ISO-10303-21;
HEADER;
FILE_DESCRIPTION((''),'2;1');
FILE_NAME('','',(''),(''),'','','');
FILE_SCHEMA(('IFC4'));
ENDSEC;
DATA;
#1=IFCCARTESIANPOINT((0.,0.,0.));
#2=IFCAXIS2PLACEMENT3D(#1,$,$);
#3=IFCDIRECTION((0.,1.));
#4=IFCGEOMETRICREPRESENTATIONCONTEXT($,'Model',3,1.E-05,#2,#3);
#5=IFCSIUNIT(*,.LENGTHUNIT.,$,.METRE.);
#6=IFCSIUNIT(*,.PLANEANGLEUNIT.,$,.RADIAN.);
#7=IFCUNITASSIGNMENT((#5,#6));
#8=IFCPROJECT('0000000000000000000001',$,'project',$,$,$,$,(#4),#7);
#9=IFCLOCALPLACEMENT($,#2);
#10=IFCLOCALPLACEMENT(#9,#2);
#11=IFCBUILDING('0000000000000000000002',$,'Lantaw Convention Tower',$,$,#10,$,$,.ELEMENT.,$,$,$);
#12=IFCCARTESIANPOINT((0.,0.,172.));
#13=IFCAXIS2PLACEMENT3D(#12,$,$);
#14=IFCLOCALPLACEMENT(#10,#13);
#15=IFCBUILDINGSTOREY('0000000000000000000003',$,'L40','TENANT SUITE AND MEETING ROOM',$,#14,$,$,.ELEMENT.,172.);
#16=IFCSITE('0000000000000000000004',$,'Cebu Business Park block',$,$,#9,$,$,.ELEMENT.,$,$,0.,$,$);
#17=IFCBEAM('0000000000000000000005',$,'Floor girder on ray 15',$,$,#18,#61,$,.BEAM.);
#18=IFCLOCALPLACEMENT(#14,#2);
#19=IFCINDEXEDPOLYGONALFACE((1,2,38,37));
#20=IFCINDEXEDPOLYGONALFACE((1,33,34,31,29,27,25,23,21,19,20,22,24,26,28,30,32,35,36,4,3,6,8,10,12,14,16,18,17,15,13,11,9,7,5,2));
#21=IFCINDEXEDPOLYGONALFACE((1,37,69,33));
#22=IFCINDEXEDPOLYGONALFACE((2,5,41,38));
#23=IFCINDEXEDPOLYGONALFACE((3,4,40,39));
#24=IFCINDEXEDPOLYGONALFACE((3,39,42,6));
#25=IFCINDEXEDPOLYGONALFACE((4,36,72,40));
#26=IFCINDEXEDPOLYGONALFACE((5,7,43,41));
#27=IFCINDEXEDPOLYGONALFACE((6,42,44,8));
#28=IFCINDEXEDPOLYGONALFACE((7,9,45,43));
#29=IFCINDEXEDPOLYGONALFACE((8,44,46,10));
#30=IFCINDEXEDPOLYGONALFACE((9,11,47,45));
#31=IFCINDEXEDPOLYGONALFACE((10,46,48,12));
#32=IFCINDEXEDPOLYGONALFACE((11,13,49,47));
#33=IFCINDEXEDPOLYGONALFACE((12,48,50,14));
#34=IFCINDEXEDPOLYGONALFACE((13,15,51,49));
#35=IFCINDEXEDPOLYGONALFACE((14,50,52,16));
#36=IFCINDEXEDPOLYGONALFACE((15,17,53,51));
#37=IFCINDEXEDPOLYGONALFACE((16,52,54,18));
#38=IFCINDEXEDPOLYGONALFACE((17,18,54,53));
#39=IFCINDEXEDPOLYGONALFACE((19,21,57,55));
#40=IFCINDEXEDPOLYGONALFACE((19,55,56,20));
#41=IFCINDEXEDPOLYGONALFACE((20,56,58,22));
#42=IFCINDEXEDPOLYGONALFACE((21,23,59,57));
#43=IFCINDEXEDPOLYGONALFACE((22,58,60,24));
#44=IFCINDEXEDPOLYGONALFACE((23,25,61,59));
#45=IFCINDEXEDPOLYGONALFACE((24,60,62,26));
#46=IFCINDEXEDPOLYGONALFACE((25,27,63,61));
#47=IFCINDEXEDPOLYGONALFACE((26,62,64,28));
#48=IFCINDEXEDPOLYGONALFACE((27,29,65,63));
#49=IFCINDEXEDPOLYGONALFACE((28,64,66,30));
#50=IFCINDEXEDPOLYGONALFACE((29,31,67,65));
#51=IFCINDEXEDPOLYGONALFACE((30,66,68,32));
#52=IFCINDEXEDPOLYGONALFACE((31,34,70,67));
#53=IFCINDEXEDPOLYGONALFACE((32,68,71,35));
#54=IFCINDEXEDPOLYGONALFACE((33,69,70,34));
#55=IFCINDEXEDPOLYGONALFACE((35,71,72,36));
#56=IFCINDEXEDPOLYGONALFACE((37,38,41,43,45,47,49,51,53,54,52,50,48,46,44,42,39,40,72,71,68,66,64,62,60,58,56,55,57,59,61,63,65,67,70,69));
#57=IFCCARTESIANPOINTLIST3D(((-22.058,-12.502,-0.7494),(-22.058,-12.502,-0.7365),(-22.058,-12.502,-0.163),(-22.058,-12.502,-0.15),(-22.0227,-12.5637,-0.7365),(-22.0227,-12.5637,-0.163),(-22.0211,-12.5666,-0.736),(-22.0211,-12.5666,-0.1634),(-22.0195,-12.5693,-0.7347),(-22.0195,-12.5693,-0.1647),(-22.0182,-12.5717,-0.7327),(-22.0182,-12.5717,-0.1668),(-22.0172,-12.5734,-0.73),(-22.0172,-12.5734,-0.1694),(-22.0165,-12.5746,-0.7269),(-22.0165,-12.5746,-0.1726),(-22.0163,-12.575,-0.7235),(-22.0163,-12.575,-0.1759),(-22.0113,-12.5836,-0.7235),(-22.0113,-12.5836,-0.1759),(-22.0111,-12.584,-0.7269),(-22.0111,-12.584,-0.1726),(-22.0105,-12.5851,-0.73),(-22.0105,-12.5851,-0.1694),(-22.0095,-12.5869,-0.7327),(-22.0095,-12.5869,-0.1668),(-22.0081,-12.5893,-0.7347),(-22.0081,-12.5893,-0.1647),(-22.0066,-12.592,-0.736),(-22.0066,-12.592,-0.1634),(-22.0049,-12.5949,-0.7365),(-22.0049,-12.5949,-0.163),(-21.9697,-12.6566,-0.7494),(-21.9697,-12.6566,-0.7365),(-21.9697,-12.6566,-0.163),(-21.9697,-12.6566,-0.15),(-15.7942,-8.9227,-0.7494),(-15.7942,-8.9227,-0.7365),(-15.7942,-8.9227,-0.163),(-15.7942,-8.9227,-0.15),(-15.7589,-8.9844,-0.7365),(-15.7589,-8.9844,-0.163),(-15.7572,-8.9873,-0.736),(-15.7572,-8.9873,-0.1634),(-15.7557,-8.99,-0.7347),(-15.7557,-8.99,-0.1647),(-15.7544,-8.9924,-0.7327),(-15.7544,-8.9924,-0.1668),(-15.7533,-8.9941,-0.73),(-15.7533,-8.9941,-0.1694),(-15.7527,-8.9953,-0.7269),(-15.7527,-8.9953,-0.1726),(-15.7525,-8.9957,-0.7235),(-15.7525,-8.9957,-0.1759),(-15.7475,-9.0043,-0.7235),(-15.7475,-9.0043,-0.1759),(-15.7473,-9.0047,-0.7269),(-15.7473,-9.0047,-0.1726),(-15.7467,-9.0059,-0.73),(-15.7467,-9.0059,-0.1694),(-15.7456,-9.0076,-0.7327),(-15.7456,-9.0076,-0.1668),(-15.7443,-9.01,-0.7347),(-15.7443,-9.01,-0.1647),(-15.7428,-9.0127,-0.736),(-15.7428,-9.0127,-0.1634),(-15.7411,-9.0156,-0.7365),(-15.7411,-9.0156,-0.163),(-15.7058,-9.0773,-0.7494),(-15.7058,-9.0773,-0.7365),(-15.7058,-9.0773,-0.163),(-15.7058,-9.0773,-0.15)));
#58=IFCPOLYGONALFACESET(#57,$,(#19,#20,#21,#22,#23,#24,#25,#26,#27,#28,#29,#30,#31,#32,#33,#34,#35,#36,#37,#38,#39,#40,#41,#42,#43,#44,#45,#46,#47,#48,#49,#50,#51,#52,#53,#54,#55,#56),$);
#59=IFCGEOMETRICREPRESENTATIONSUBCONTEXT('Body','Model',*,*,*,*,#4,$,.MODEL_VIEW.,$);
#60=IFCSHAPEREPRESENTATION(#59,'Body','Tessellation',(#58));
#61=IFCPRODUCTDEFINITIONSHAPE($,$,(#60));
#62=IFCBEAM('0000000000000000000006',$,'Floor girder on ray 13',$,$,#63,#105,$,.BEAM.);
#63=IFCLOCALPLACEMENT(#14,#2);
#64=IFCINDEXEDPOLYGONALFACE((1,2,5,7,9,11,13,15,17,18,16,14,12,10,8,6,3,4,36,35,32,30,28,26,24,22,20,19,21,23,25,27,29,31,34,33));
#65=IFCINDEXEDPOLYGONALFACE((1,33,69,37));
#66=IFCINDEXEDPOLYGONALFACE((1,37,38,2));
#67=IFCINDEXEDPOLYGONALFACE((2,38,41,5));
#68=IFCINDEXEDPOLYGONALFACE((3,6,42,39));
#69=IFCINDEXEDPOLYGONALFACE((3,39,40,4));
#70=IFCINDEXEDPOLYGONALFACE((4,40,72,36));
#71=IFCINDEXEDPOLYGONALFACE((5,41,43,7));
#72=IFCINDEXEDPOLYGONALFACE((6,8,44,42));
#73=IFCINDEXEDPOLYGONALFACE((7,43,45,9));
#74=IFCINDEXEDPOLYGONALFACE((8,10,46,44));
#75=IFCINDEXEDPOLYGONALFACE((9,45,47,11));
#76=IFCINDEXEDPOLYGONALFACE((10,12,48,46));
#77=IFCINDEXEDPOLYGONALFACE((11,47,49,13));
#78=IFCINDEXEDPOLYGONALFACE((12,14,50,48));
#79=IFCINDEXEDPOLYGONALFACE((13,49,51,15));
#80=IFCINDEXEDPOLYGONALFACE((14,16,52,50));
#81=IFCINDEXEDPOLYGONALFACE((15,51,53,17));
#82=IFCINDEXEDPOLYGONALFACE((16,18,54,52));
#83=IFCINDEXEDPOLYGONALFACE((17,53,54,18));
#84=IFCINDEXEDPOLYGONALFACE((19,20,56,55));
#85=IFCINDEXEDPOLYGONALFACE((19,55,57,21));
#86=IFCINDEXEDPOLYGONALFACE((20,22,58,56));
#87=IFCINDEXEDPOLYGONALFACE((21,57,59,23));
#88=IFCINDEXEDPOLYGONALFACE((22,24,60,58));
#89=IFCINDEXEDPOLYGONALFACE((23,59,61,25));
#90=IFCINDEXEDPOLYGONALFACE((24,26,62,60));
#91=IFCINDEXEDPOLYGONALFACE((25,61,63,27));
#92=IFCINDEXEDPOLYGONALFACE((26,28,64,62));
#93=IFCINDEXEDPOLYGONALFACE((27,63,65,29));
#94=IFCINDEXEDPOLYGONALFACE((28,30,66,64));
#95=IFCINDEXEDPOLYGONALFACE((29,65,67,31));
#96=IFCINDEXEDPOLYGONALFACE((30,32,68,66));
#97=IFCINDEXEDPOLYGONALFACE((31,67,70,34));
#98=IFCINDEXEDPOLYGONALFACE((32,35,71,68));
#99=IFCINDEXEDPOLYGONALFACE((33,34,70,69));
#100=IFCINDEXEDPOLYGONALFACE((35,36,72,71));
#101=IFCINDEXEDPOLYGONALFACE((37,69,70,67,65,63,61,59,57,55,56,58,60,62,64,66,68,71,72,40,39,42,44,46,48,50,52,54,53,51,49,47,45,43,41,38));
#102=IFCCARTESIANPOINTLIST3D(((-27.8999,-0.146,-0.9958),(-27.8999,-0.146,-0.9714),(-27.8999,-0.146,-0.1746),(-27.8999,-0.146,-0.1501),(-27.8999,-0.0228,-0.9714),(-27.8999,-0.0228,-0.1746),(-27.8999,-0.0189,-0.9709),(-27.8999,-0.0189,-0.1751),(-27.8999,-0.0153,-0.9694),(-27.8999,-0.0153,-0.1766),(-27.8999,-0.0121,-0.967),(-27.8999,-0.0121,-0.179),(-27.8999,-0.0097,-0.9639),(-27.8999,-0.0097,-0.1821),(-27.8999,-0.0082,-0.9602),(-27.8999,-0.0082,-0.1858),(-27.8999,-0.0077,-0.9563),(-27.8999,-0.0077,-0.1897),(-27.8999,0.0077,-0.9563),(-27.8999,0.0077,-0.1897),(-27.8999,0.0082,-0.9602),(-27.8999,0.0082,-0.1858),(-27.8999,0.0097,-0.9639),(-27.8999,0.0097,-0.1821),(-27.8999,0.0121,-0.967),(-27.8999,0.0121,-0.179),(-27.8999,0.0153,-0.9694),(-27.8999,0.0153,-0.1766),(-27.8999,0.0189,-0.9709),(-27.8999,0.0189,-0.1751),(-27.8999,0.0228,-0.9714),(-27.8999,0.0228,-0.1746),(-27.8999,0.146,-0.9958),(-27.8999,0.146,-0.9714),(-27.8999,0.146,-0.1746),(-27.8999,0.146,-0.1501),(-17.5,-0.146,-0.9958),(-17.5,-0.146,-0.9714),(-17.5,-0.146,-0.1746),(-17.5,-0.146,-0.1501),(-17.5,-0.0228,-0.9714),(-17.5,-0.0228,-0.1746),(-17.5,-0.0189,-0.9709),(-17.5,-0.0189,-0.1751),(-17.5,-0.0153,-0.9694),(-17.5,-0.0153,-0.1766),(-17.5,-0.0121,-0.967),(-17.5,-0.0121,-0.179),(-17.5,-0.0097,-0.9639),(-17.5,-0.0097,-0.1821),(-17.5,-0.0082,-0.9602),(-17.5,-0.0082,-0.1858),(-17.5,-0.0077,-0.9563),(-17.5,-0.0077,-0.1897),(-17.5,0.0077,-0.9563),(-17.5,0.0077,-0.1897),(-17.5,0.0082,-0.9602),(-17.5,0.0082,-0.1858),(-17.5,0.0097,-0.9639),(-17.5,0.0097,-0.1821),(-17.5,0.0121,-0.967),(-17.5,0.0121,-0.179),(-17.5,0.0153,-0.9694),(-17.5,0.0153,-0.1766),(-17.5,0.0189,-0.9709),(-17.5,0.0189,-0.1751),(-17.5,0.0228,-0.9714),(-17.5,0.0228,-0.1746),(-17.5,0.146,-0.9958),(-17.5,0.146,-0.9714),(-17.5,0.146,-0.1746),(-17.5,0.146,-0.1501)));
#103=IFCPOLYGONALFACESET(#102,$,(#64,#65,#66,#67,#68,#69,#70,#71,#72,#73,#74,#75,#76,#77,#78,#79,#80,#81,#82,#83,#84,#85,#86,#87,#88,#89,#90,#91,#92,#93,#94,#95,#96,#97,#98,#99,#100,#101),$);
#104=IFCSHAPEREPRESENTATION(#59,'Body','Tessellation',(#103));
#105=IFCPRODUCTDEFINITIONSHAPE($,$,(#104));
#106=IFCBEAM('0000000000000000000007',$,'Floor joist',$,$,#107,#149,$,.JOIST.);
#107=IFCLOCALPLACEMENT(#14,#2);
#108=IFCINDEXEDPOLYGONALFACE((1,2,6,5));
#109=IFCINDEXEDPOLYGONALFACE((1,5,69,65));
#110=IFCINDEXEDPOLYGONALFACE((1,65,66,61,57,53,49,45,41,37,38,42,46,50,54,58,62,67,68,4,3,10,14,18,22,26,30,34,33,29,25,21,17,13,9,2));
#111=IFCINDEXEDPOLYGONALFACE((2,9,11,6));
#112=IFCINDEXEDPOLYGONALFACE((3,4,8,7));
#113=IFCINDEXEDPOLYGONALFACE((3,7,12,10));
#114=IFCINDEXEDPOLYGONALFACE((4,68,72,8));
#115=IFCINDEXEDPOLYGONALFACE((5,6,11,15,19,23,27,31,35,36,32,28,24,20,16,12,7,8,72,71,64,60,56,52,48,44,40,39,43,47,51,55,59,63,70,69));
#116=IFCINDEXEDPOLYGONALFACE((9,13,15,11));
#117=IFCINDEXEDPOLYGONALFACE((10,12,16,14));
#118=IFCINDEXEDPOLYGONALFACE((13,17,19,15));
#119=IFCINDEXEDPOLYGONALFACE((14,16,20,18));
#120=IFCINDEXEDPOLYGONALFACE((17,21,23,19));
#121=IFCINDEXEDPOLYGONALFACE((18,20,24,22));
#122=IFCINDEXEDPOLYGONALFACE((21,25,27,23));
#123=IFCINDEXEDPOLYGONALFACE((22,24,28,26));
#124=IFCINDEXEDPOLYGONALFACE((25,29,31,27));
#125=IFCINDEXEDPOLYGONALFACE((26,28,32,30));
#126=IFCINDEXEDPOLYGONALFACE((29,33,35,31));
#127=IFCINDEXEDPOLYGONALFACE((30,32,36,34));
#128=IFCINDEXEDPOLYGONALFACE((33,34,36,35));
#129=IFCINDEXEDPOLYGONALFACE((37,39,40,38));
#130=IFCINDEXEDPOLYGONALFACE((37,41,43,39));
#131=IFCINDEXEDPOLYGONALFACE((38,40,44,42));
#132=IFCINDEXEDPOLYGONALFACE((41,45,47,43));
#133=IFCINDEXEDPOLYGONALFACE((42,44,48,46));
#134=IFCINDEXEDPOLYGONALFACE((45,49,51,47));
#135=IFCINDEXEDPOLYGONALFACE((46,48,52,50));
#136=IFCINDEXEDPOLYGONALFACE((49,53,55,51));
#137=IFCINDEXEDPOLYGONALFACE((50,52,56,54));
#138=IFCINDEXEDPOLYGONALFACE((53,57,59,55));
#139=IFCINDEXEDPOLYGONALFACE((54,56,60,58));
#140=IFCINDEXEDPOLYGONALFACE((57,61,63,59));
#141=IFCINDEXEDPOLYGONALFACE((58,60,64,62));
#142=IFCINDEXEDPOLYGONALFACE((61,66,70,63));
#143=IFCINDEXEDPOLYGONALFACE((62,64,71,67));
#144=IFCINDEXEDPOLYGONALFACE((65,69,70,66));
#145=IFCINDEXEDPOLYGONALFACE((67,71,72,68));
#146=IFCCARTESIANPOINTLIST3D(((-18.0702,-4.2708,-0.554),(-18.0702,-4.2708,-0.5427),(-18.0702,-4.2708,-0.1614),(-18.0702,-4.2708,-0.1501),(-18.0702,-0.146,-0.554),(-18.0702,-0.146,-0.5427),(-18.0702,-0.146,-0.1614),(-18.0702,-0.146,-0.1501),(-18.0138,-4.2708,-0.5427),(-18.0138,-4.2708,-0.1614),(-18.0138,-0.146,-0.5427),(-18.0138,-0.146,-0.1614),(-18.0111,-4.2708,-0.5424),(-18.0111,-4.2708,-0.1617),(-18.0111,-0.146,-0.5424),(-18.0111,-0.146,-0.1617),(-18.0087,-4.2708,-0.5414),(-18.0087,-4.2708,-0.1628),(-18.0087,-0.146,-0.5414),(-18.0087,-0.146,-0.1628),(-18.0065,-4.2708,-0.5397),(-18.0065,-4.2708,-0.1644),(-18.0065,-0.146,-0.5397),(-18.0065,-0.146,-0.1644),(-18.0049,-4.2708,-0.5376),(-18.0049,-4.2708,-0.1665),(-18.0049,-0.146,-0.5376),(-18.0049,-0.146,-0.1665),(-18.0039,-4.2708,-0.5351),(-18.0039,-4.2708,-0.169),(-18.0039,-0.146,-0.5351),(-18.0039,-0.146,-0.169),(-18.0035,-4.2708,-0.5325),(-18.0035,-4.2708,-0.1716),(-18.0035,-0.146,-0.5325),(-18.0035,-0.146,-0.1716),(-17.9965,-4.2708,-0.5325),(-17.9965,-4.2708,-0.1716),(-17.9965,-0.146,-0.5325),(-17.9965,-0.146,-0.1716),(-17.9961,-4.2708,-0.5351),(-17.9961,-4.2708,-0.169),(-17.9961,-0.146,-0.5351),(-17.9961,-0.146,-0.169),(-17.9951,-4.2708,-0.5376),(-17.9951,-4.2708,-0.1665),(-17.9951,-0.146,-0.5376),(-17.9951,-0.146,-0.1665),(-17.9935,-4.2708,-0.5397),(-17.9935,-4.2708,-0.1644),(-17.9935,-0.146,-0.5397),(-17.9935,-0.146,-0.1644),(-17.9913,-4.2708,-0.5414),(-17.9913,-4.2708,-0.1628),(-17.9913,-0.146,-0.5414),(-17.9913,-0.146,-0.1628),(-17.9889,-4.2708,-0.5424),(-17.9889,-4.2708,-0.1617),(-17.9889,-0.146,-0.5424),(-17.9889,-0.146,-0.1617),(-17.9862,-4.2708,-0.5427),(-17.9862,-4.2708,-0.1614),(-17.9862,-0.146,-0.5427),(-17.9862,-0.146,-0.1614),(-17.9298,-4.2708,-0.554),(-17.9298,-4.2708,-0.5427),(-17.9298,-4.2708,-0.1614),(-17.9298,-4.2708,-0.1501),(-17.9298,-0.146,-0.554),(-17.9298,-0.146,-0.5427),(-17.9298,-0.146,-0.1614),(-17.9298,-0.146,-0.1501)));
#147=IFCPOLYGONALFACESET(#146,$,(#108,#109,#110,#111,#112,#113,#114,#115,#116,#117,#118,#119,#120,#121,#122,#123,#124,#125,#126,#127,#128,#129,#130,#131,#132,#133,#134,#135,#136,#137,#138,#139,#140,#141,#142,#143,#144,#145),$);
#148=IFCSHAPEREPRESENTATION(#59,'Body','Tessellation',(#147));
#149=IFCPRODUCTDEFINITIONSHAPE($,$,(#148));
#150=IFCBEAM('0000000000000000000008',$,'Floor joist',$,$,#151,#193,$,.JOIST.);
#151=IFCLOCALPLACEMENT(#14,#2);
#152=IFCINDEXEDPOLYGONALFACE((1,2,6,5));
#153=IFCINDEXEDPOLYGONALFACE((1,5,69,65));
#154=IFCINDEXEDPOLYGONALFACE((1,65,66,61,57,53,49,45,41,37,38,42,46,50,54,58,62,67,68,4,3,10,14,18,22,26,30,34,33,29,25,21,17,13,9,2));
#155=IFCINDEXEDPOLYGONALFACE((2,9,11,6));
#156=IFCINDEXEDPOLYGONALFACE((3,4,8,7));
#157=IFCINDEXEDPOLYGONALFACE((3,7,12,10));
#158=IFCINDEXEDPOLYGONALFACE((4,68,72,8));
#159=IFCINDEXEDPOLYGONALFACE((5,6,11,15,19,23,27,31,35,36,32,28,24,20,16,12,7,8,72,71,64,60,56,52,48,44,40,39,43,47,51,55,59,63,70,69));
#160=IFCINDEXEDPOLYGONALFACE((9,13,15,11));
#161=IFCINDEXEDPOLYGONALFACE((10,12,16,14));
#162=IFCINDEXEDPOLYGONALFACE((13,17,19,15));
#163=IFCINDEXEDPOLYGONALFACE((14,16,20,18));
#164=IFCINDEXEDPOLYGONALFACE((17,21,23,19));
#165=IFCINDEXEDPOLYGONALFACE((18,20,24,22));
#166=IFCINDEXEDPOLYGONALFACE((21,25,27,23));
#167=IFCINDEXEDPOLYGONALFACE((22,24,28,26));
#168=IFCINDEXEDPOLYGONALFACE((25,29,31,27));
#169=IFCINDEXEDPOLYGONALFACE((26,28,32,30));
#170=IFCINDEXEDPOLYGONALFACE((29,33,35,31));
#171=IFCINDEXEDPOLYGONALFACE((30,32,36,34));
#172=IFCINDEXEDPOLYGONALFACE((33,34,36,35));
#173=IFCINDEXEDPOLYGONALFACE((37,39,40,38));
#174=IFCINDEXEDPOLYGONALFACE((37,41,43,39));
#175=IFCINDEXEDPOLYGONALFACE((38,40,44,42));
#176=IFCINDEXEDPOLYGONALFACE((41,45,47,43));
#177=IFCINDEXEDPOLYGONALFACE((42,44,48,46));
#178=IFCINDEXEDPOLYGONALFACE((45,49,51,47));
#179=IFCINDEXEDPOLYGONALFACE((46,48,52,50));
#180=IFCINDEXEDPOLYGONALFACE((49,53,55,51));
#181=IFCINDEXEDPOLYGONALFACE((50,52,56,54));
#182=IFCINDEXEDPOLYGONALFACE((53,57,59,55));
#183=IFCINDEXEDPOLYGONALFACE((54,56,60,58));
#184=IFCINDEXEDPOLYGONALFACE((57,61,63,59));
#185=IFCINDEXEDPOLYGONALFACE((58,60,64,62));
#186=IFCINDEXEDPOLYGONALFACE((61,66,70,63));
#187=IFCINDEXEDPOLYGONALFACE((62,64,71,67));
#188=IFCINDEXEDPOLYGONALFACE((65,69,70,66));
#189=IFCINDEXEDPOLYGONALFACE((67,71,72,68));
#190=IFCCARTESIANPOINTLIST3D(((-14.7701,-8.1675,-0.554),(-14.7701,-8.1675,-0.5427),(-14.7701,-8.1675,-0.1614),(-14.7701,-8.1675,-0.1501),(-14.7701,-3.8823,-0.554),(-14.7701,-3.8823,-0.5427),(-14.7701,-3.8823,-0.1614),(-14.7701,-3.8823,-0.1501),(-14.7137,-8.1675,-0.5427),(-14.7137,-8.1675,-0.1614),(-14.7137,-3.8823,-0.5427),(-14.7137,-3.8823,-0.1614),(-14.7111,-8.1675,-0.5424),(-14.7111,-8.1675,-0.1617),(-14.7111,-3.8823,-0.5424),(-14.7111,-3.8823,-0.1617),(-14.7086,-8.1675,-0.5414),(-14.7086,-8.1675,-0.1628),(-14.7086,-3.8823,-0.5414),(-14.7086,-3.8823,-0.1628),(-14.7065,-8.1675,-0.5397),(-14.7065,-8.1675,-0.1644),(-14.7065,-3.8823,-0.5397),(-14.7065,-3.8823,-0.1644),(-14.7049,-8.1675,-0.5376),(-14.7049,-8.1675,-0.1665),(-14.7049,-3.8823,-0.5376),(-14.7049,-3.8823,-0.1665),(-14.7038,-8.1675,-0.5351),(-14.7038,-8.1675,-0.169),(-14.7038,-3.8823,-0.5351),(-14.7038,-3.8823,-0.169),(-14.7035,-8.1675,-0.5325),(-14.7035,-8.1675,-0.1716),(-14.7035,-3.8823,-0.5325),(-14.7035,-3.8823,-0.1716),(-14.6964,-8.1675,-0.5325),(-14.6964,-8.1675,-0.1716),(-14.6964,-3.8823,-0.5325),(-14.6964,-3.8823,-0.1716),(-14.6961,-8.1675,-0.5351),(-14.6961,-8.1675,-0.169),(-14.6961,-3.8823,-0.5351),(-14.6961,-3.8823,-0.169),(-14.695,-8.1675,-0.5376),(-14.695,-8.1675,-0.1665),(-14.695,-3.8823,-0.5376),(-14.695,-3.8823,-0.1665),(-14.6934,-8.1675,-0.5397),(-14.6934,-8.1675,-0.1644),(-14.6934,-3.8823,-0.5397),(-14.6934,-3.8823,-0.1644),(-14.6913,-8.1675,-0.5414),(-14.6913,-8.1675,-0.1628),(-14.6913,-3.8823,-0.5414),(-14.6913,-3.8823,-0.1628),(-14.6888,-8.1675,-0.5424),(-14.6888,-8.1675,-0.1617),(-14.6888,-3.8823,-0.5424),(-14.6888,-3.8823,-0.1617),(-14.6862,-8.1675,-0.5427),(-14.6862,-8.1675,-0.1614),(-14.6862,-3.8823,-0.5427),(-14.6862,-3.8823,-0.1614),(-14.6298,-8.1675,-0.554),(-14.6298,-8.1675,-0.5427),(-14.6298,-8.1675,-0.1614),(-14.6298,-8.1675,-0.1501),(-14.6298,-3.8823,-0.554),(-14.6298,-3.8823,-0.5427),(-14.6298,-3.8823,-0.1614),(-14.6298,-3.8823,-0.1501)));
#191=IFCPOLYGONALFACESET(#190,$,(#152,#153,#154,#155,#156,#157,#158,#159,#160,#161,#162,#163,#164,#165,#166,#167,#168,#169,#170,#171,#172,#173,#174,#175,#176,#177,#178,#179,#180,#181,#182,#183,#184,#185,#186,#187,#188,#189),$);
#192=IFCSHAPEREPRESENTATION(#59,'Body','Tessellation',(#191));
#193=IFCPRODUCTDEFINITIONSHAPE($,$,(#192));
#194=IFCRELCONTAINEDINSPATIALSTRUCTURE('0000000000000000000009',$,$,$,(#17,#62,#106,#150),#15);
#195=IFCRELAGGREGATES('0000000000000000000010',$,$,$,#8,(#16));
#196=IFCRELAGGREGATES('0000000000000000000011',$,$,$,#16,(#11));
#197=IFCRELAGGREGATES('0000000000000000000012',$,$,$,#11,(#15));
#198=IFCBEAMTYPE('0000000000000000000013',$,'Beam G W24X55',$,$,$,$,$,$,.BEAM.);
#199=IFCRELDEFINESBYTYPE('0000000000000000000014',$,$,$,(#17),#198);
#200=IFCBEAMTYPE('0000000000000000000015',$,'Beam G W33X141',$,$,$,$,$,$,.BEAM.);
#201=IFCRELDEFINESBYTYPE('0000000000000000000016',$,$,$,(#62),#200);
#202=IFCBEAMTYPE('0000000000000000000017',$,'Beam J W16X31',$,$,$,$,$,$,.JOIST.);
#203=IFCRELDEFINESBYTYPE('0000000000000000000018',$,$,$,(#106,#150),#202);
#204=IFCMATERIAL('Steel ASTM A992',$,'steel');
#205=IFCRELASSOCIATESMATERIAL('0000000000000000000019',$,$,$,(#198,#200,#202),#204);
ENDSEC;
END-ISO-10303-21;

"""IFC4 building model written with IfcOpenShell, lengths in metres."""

from ifc_helpers import new_model, si_unit, direction, frame, origin, origin_2d, place, context, subcontext, project, spatial, i_section, extrude, material, material_profile, profile_set, type_object, element, save


model = new_model("IFC4")

# Units and contexts
model_context = context("Model", 3, precision=1e-05, world=origin(), true_north=direction((0.0, 1.0)))
body_context = subcontext(model_context, "Body", "Model", "MODEL_VIEW")
ifc_project = project(units=[si_unit("LENGTHUNIT", "METRE"), si_unit("PLANEANGLEUNIT", "RADIAN")], contexts=[model_context])

# Site, building, storey
site_placement = place(None, origin())
site = spatial("IfcSite", under=ifc_project, at=site_placement, Name="Cebu Business Park block", CompositionType="ELEMENT", RefElevation=0.0)
building_placement = place(site_placement, origin())
building = spatial("IfcBuilding", under=site, at=building_placement, Name="Lantaw Convention Tower", CompositionType="ELEMENT")
storey_placement = place(building_placement, frame((0.0, 0.0, 172.0)))
storey = spatial("IfcBuildingStorey", under=building, at=storey_placement, Name="L40", Description="TENANT SUITE AND MEETING ROOM", CompositionType="ELEMENT", Elevation=172.0)

# Beams
ifc_material_1 = material(Name="Steel ASTM A992", Category="steel")
ifc_material_profile_1 = material_profile(ifc_material_1, i_section(OverallWidth=0.178, OverallDepth=0.5994, WebThickness=0.01, FlangeThickness=0.0129, FilletRadius=0.0129, at=origin_2d()), Name="W24X55")
ifc_profile_set_1 = profile_set([ifc_material_profile_1], Name="Steel ASTM A992")
beam_type_1 = type_object("IfcBeamType", Name="Beam G W24X55", PredefinedType="BEAM", material=ifc_profile_set_1)
beam_1_placement = place(storey_placement, frame((-15.75, -9.0, -0.4497), z_axis=(-0.868245, -0.496135, 0.0), x_axis=(0.496135, -0.868245, 0.0)))
element("IfcBeam", 1, at=beam_1_placement, inside=storey, type_object=beam_type_1, Name="Floor girder on ray 15", PredefinedType="BEAM", context=body_context, shape_type="SweptSolid", body=[
    extrude(i_section(OverallWidth=0.178, OverallDepth=0.5994, WebThickness=0.01, FlangeThickness=0.0129, FilletRadius=0.0129, at=origin_2d()), origin(), (0.0, 0.0, 1.0), 7.2144),
])
ifc_material_profile_2 = material_profile(ifc_material_1, i_section(OverallWidth=0.292, OverallDepth=0.8457, WebThickness=0.0154, FlangeThickness=0.0244, FilletRadius=0.0151, at=origin_2d()), Name="W33X141")
ifc_profile_set_2 = profile_set([ifc_material_profile_2], Name="Steel ASTM A992")
beam_type_2 = type_object("IfcBeamType", Name="Beam G W33X141", PredefinedType="BEAM", material=ifc_profile_set_2)
beam_2_placement = place(storey_placement, frame((-17.5, 0.0, -0.573), z_axis=(-1.0, 0.0, 0.0), x_axis=(0.0, -1.0, 0.0)))
element("IfcBeam", 2, at=beam_2_placement, inside=storey, type_object=beam_type_2, Name="Floor girder on ray 13", PredefinedType="BEAM", context=body_context, shape_type="SweptSolid", body=[
    extrude(i_section(OverallWidth=0.292, OverallDepth=0.8457, WebThickness=0.0154, FlangeThickness=0.0244, FilletRadius=0.0151, at=origin_2d()), origin(), (0.0, 0.0, 1.0), 10.3999),
])
ifc_material_profile_3 = material_profile(ifc_material_1, i_section(OverallWidth=0.1404, OverallDepth=0.4038, WebThickness=0.0071, FlangeThickness=0.0112, FilletRadius=0.0103, at=origin_2d()), Name="W16X31")
ifc_profile_set_3 = profile_set([ifc_material_profile_3], Name="Steel ASTM A992")
beam_type_3 = type_object("IfcBeamType", Name="Beam J W16X31", PredefinedType="JOIST", material=ifc_profile_set_3)
beam_3_placement = place(storey_placement, frame((-18.0, -4.2708, -0.3521), z_axis=(0.0, 1.0, 0.0), x_axis=(-1.0, 0.0, 0.0)))
element("IfcBeam", 3, at=beam_3_placement, inside=storey, type_object=beam_type_3, Name="Floor joist", PredefinedType="JOIST", context=body_context, shape_type="SweptSolid", body=[
    extrude(i_section(OverallWidth=0.1404, OverallDepth=0.4038, WebThickness=0.0071, FlangeThickness=0.0112, FilletRadius=0.0103, at=origin_2d()), origin(), (0.0, 0.0, 1.0), 4.1248),
])
beam_4_placement = place(storey_placement, frame((-14.7, -8.1675, -0.3521), z_axis=(0.0, 1.0, 0.0), x_axis=(-1.0, 0.0, 0.0)))
element("IfcBeam", 4, at=beam_4_placement, inside=storey, type_object=beam_type_3, Name="Floor joist", PredefinedType="JOIST", context=body_context, shape_type="SweptSolid", body=[
    extrude(i_section(OverallWidth=0.1404, OverallDepth=0.4038, WebThickness=0.0071, FlangeThickness=0.0112, FilletRadius=0.0103, at=origin_2d()), origin(), (0.0, 0.0, 1.0), 4.2852),
])

save(model, "model.ifc")
